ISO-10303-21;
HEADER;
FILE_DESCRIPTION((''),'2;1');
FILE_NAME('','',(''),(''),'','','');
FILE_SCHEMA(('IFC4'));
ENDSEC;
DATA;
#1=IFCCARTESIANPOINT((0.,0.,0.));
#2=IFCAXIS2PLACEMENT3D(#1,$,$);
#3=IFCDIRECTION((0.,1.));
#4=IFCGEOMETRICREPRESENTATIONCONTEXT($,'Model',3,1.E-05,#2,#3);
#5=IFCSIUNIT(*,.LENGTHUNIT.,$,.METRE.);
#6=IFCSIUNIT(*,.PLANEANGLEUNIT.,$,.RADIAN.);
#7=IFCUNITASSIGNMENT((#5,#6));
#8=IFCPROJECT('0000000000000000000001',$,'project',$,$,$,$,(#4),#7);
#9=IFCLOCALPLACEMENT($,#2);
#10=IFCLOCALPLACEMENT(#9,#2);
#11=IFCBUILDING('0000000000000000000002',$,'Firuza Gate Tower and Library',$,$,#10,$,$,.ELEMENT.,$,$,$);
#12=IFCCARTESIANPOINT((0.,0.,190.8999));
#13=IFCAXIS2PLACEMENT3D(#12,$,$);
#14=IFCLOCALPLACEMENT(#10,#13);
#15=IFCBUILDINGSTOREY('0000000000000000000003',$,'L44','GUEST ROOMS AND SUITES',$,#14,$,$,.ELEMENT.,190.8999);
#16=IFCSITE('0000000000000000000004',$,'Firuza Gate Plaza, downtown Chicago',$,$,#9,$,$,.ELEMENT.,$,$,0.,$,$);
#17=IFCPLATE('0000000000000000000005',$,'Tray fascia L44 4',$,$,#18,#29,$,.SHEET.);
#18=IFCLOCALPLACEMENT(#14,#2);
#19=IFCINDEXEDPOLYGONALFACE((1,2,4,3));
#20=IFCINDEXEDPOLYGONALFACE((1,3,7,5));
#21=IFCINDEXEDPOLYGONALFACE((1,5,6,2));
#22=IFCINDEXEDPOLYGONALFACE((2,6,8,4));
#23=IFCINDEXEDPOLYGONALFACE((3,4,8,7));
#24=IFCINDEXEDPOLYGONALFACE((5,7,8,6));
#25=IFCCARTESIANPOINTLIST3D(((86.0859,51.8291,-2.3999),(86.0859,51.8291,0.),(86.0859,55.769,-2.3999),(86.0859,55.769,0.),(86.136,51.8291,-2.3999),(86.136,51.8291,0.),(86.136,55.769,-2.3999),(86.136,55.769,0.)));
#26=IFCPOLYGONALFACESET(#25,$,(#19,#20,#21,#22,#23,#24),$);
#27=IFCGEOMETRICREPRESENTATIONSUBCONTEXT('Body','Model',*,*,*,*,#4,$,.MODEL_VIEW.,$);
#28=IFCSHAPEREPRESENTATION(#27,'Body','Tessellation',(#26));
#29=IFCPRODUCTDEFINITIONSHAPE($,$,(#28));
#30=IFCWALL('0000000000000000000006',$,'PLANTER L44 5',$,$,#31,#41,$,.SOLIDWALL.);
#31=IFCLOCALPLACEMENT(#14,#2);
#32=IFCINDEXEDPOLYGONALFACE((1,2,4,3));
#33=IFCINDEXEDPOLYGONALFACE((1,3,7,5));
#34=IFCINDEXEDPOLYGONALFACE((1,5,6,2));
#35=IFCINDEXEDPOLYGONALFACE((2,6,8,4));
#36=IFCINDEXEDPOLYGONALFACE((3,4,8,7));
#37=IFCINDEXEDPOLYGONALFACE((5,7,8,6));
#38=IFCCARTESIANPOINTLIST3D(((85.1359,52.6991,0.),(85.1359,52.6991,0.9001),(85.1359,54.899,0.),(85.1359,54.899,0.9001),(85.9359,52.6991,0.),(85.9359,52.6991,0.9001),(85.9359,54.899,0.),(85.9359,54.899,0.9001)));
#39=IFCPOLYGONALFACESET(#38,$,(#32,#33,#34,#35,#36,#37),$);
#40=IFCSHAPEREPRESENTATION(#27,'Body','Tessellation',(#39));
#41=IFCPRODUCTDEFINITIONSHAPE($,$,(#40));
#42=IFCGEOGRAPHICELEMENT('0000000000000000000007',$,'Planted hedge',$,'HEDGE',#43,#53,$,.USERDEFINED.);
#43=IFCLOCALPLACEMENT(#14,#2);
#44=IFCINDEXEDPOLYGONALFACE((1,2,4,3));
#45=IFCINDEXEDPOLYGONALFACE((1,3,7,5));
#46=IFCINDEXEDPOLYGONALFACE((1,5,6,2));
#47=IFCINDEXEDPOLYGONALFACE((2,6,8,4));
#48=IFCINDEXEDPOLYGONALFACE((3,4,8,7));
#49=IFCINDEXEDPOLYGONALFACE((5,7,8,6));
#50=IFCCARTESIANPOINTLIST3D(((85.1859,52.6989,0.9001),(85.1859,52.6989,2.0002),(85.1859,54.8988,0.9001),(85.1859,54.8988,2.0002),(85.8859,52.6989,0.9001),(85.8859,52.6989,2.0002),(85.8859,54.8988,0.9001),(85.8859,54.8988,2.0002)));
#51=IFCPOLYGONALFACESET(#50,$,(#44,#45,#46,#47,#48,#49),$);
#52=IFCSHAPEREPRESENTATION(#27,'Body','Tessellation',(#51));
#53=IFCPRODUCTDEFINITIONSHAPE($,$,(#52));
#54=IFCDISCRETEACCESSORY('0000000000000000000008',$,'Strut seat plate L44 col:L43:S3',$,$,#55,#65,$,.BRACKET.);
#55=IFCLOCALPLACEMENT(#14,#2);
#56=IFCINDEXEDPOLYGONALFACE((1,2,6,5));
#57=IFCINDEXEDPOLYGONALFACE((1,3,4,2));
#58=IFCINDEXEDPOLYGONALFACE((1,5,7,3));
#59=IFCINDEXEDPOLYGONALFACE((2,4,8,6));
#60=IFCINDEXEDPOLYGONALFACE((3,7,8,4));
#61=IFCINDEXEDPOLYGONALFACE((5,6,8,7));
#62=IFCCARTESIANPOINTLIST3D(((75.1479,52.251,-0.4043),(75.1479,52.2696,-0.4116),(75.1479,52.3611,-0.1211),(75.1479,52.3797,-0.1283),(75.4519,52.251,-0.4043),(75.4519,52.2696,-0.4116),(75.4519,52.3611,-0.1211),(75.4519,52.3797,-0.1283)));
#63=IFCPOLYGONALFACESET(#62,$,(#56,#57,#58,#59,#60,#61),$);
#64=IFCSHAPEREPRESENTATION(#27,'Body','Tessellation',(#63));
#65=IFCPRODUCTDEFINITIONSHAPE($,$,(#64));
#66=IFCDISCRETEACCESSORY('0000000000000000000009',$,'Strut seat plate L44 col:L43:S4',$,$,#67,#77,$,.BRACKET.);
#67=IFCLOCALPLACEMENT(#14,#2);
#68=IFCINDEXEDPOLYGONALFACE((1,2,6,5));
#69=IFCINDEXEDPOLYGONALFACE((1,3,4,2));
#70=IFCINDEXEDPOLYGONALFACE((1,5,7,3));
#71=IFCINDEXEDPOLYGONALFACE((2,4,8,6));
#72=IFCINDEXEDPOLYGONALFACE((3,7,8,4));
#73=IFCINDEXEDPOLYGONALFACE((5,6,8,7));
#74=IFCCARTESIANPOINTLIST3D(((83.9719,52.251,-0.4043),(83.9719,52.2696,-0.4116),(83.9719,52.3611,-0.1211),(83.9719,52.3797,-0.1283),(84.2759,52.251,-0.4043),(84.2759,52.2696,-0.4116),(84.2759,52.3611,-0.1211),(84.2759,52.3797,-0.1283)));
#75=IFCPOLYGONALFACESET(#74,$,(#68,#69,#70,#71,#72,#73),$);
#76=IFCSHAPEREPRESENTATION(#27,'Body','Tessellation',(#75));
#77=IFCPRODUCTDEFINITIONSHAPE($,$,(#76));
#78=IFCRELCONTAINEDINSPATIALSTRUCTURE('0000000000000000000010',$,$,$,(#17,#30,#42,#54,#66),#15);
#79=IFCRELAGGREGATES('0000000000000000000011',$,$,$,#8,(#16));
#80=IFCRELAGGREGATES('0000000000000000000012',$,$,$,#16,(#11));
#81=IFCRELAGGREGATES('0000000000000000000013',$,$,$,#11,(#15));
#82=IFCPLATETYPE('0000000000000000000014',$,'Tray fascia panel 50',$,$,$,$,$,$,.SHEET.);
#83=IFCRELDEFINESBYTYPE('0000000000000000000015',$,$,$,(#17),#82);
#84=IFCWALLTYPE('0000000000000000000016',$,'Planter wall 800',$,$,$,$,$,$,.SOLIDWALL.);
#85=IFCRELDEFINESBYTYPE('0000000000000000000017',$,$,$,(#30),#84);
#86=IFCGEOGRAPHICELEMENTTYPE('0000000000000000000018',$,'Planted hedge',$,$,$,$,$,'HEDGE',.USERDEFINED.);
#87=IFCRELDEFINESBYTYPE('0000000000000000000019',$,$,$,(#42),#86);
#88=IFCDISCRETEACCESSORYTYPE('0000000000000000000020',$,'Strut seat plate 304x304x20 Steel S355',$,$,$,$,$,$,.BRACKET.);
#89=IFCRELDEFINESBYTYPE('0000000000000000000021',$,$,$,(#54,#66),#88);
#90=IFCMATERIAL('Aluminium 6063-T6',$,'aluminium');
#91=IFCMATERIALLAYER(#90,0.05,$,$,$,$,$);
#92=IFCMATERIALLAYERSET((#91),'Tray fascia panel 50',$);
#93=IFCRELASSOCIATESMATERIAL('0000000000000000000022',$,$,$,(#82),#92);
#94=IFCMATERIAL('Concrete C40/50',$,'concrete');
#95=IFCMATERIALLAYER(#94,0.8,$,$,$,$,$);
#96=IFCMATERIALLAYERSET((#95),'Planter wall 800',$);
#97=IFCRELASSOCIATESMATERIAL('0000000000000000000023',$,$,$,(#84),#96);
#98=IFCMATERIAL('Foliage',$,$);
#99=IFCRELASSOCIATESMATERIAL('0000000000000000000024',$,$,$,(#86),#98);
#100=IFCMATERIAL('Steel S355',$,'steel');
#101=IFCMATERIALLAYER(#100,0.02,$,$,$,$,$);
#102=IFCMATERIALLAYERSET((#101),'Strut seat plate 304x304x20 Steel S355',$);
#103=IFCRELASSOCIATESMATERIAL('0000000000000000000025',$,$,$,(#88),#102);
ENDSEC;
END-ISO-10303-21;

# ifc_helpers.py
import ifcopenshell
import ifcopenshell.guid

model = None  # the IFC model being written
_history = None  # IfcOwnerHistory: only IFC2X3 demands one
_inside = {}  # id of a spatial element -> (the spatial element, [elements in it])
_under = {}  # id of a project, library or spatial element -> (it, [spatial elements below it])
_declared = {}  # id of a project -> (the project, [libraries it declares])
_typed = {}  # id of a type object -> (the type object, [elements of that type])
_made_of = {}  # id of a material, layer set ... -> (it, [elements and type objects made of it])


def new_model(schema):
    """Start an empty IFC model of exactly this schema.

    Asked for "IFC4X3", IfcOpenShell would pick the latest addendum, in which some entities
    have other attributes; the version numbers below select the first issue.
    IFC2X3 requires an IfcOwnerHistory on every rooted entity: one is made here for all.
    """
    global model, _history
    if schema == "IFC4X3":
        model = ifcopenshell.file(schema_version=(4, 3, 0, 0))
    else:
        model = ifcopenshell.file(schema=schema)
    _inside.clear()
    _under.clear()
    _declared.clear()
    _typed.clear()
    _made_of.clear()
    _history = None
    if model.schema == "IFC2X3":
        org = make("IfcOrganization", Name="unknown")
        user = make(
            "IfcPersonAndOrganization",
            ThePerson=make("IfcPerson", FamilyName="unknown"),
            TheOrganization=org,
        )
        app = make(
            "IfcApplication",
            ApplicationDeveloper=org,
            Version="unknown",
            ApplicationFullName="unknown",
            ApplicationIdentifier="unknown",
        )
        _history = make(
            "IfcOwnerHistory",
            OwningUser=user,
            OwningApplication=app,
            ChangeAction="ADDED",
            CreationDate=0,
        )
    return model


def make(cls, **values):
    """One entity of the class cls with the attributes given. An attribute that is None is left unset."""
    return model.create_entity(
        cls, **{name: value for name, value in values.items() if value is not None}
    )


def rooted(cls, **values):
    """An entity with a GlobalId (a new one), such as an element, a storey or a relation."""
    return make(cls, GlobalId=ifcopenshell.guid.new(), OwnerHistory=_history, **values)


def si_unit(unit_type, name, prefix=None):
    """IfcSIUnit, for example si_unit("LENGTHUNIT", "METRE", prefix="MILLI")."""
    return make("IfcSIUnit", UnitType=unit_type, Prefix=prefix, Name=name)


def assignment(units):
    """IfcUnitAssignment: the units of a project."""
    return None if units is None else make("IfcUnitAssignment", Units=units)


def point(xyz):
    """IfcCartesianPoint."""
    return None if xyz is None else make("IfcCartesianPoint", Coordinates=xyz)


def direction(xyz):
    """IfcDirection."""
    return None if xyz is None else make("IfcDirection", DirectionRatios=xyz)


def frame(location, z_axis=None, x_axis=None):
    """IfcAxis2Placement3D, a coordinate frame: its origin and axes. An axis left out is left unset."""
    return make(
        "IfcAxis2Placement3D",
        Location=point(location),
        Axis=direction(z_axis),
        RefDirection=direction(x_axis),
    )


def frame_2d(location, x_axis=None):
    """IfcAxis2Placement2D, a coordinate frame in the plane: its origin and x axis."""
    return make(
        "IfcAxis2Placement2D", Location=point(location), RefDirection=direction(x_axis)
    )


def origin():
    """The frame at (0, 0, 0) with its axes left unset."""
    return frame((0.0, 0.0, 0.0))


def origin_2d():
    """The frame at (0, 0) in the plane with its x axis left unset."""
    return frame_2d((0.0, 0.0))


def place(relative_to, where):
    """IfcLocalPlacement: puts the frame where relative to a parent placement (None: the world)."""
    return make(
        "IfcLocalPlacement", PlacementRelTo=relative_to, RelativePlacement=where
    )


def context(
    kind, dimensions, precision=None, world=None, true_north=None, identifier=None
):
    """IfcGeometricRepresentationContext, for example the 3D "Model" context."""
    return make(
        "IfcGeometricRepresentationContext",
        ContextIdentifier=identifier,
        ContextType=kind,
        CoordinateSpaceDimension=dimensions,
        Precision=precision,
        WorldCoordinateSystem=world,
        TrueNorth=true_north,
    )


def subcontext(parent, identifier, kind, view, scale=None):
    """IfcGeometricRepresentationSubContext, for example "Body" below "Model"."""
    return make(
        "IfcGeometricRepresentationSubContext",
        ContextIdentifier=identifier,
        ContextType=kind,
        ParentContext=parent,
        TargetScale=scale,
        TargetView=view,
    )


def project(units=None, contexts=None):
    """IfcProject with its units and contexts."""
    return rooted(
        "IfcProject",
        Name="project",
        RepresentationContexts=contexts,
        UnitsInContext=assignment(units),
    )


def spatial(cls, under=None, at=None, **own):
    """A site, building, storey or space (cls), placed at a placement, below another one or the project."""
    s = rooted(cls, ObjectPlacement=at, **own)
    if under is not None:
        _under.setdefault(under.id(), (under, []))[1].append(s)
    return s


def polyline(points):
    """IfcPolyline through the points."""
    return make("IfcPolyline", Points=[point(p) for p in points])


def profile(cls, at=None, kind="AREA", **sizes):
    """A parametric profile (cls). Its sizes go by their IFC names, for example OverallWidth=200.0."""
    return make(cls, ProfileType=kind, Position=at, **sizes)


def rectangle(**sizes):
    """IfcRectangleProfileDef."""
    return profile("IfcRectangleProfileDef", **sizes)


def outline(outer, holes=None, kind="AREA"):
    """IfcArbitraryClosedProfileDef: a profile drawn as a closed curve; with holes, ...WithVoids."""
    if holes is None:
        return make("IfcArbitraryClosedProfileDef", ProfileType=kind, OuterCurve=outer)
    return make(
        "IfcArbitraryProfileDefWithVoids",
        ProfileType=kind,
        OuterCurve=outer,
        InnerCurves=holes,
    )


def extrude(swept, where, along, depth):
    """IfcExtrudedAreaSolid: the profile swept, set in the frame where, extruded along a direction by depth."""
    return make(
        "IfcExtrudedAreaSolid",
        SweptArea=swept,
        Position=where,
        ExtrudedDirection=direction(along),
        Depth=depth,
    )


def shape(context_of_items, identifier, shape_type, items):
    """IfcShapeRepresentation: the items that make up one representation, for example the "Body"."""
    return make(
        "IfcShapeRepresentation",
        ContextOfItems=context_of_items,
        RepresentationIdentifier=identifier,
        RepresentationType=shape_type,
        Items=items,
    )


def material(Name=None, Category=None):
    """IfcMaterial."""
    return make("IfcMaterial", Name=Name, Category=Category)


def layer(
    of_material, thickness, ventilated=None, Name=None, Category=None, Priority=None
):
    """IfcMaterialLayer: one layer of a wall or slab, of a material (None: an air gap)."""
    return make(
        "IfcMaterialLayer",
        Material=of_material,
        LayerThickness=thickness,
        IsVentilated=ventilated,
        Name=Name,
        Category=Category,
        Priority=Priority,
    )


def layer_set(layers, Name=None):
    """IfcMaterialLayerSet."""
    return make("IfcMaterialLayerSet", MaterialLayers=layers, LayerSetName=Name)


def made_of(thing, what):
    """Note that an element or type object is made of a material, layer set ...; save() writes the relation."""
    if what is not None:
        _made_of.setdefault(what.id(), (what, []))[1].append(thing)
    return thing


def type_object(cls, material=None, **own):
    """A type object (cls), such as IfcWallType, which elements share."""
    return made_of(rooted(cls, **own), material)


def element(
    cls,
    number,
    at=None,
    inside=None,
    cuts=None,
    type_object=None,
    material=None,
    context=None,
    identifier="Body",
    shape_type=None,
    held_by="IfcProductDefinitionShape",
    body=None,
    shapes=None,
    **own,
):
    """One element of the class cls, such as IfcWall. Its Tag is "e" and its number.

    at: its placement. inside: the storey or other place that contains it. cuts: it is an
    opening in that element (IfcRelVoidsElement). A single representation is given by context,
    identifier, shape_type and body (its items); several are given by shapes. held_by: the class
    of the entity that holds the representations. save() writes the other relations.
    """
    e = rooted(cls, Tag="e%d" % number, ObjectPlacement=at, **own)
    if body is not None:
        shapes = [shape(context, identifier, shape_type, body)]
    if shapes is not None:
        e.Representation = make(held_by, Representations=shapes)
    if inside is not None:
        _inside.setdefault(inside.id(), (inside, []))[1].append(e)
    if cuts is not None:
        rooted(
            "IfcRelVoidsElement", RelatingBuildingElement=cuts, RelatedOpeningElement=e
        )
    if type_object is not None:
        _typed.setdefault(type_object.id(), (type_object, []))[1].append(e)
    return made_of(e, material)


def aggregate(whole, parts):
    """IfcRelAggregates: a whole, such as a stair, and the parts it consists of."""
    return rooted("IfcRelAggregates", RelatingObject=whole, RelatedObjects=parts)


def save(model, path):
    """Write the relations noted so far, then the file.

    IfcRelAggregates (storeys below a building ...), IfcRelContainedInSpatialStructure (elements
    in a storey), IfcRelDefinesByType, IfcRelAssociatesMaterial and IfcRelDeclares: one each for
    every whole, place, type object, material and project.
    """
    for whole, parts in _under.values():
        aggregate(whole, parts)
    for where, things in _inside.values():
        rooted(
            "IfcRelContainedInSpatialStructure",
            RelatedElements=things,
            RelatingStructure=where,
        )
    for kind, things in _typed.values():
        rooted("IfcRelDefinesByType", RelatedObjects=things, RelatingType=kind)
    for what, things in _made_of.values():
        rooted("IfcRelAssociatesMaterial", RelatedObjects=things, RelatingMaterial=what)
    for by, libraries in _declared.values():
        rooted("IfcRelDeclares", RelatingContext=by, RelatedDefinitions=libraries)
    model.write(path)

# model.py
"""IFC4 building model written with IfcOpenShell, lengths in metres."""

from ifc_helpers import new_model, si_unit, direction, frame, frame_2d, origin, origin_2d, place, context, subcontext, project, spatial, polyline, rectangle, outline, extrude, material, layer, layer_set, type_object, element, save


model = new_model("IFC4")

# Units and contexts
model_context = context("Model", 3, precision=1e-05, world=origin(), true_north=direction((0.0, 1.0)))
body_context = subcontext(model_context, "Body", "Model", "MODEL_VIEW")
ifc_project = project(units=[si_unit("LENGTHUNIT", "METRE"), si_unit("PLANEANGLEUNIT", "RADIAN")], contexts=[model_context])

# Site, building, storey
site_placement = place(None, origin())
site = spatial("IfcSite", under=ifc_project, at=site_placement, Name="Firuza Gate Plaza, downtown Chicago", CompositionType="ELEMENT", RefElevation=0.0)
building_placement = place(site_placement, origin())
building = spatial("IfcBuilding", under=site, at=building_placement, Name="Firuza Gate Tower and Library", CompositionType="ELEMENT")
storey_placement = place(building_placement, frame((0.0, 0.0, 190.8999)))
storey = spatial("IfcBuildingStorey", under=building, at=storey_placement, Name="L44", Description="GUEST ROOMS AND SUITES", CompositionType="ELEMENT", Elevation=190.8999)

# Plate
ifc_material_1 = material(Name="Aluminium 6063-T6", Category="aluminium")
ifc_layer_1 = layer(ifc_material_1, 0.05)
ifc_layer_set_1 = layer_set([ifc_layer_1], Name="Tray fascia panel 50")
plate_type_1 = type_object("IfcPlateType", Name="Tray fascia panel 50", PredefinedType="SHEET", material=ifc_layer_set_1)
plate_1_placement = place(storey_placement, frame((86.136, 51.8291, -2.3999), z_axis=(1.0, 0.0, 0.0), x_axis=(0.0, 1.0, 0.0)))
element("IfcPlate", 1, at=plate_1_placement, inside=storey, type_object=plate_type_1, Name="Tray fascia L44 4", PredefinedType="SHEET", context=body_context, shape_type="SweptSolid", body=[
    extrude(outline(polyline([(0.0, 0.0), (3.9399, 0.0), (3.9399, 2.3999), (0.0, 2.3999), (0.0, 0.0)])), origin(), (0.0, 0.0, -1.0), 0.05),
])

# Wall
ifc_material_2 = material(Name="Concrete C40/50", Category="concrete")
ifc_layer_2 = layer(ifc_material_2, 0.8)
ifc_layer_set_2 = layer_set([ifc_layer_2], Name="Planter wall 800")
wall_type = type_object("IfcWallType", Name="Planter wall 800", PredefinedType="SOLIDWALL", material=ifc_layer_set_2)
wall_placement = place(storey_placement, frame((85.5359, 52.699, 0.0), z_axis=(0.0, 0.0, 1.0), x_axis=(0.0, 1.0, 0.0)))
element("IfcWall", 2, at=wall_placement, inside=storey, type_object=wall_type, Name="PLANTER L44 5", PredefinedType="SOLIDWALL", context=body_context, shape_type="SweptSolid", body=[
    extrude(rectangle(XDim=2.2, YDim=0.8, at=frame_2d((1.1001, 0.0))), origin(), (0.0, 0.0, 1.0), 0.9001),
])

# Geographic element
ifc_material_3 = material(Name="Foliage")
geographic_element_type = type_object("IfcGeographicElementType", Name="Planted hedge", ElementType="HEDGE", PredefinedType="USERDEFINED", material=ifc_material_3)
geographic_element_placement = place(storey_placement, frame((85.5359, 53.7988, 0.9001), z_axis=(0.0, 0.0, 1.0), x_axis=(0.0, 1.0, 0.0)))
element("IfcGeographicElement", 3, at=geographic_element_placement, inside=storey, type_object=geographic_element_type, Name="Planted hedge", ObjectType="HEDGE", PredefinedType="USERDEFINED", context=body_context, shape_type="SweptSolid", body=[
    extrude(rectangle(XDim=2.2, YDim=0.7, at=origin_2d()), origin(), (0.0, 0.0, 1.0), 1.1001),
])

# Discrete accessories
ifc_material_4 = material(Name="Steel S355", Category="steel")
ifc_layer_3 = layer(ifc_material_4, 0.02)
ifc_layer_set_3 = layer_set([ifc_layer_3], Name="Strut seat plate 304x304x20 Steel S355")
discrete_accessory_type = type_object("IfcDiscreteAccessoryType", Name="Strut seat plate 304x304x20 Steel S355", PredefinedType="BRACKET", material=ifc_layer_set_3)
for number, where, z_axis, x_axis, name in (
    (4, (75.1479, 52.3611, -0.1211), (0.0, -0.932035, 0.362369), (1.0, 0.0, 0.0), "Strut seat plate L44 col:L43:S3"),
    (5, (83.9719, 52.3611, -0.1211), (0.0, -0.932035, 0.362369), (1.0, 0.0, 0.0), "Strut seat plate L44 col:L43:S4"),
):
    element("IfcDiscreteAccessory", number, at=place(storey_placement, frame(where, z_axis=z_axis, x_axis=x_axis)), inside=storey, type_object=discrete_accessory_type, Name=name, PredefinedType="BRACKET", context=body_context, shape_type="SweptSolid", body=[
        extrude(outline(polyline([(0.0, 0.0), (0.304, 0.0), (0.304, -0.3039), (0.0, -0.3039), (0.0, 0.0)])), origin(), (0.0, 0.0, -1.0), 0.02),
    ])

save(model, "model.ifc")
